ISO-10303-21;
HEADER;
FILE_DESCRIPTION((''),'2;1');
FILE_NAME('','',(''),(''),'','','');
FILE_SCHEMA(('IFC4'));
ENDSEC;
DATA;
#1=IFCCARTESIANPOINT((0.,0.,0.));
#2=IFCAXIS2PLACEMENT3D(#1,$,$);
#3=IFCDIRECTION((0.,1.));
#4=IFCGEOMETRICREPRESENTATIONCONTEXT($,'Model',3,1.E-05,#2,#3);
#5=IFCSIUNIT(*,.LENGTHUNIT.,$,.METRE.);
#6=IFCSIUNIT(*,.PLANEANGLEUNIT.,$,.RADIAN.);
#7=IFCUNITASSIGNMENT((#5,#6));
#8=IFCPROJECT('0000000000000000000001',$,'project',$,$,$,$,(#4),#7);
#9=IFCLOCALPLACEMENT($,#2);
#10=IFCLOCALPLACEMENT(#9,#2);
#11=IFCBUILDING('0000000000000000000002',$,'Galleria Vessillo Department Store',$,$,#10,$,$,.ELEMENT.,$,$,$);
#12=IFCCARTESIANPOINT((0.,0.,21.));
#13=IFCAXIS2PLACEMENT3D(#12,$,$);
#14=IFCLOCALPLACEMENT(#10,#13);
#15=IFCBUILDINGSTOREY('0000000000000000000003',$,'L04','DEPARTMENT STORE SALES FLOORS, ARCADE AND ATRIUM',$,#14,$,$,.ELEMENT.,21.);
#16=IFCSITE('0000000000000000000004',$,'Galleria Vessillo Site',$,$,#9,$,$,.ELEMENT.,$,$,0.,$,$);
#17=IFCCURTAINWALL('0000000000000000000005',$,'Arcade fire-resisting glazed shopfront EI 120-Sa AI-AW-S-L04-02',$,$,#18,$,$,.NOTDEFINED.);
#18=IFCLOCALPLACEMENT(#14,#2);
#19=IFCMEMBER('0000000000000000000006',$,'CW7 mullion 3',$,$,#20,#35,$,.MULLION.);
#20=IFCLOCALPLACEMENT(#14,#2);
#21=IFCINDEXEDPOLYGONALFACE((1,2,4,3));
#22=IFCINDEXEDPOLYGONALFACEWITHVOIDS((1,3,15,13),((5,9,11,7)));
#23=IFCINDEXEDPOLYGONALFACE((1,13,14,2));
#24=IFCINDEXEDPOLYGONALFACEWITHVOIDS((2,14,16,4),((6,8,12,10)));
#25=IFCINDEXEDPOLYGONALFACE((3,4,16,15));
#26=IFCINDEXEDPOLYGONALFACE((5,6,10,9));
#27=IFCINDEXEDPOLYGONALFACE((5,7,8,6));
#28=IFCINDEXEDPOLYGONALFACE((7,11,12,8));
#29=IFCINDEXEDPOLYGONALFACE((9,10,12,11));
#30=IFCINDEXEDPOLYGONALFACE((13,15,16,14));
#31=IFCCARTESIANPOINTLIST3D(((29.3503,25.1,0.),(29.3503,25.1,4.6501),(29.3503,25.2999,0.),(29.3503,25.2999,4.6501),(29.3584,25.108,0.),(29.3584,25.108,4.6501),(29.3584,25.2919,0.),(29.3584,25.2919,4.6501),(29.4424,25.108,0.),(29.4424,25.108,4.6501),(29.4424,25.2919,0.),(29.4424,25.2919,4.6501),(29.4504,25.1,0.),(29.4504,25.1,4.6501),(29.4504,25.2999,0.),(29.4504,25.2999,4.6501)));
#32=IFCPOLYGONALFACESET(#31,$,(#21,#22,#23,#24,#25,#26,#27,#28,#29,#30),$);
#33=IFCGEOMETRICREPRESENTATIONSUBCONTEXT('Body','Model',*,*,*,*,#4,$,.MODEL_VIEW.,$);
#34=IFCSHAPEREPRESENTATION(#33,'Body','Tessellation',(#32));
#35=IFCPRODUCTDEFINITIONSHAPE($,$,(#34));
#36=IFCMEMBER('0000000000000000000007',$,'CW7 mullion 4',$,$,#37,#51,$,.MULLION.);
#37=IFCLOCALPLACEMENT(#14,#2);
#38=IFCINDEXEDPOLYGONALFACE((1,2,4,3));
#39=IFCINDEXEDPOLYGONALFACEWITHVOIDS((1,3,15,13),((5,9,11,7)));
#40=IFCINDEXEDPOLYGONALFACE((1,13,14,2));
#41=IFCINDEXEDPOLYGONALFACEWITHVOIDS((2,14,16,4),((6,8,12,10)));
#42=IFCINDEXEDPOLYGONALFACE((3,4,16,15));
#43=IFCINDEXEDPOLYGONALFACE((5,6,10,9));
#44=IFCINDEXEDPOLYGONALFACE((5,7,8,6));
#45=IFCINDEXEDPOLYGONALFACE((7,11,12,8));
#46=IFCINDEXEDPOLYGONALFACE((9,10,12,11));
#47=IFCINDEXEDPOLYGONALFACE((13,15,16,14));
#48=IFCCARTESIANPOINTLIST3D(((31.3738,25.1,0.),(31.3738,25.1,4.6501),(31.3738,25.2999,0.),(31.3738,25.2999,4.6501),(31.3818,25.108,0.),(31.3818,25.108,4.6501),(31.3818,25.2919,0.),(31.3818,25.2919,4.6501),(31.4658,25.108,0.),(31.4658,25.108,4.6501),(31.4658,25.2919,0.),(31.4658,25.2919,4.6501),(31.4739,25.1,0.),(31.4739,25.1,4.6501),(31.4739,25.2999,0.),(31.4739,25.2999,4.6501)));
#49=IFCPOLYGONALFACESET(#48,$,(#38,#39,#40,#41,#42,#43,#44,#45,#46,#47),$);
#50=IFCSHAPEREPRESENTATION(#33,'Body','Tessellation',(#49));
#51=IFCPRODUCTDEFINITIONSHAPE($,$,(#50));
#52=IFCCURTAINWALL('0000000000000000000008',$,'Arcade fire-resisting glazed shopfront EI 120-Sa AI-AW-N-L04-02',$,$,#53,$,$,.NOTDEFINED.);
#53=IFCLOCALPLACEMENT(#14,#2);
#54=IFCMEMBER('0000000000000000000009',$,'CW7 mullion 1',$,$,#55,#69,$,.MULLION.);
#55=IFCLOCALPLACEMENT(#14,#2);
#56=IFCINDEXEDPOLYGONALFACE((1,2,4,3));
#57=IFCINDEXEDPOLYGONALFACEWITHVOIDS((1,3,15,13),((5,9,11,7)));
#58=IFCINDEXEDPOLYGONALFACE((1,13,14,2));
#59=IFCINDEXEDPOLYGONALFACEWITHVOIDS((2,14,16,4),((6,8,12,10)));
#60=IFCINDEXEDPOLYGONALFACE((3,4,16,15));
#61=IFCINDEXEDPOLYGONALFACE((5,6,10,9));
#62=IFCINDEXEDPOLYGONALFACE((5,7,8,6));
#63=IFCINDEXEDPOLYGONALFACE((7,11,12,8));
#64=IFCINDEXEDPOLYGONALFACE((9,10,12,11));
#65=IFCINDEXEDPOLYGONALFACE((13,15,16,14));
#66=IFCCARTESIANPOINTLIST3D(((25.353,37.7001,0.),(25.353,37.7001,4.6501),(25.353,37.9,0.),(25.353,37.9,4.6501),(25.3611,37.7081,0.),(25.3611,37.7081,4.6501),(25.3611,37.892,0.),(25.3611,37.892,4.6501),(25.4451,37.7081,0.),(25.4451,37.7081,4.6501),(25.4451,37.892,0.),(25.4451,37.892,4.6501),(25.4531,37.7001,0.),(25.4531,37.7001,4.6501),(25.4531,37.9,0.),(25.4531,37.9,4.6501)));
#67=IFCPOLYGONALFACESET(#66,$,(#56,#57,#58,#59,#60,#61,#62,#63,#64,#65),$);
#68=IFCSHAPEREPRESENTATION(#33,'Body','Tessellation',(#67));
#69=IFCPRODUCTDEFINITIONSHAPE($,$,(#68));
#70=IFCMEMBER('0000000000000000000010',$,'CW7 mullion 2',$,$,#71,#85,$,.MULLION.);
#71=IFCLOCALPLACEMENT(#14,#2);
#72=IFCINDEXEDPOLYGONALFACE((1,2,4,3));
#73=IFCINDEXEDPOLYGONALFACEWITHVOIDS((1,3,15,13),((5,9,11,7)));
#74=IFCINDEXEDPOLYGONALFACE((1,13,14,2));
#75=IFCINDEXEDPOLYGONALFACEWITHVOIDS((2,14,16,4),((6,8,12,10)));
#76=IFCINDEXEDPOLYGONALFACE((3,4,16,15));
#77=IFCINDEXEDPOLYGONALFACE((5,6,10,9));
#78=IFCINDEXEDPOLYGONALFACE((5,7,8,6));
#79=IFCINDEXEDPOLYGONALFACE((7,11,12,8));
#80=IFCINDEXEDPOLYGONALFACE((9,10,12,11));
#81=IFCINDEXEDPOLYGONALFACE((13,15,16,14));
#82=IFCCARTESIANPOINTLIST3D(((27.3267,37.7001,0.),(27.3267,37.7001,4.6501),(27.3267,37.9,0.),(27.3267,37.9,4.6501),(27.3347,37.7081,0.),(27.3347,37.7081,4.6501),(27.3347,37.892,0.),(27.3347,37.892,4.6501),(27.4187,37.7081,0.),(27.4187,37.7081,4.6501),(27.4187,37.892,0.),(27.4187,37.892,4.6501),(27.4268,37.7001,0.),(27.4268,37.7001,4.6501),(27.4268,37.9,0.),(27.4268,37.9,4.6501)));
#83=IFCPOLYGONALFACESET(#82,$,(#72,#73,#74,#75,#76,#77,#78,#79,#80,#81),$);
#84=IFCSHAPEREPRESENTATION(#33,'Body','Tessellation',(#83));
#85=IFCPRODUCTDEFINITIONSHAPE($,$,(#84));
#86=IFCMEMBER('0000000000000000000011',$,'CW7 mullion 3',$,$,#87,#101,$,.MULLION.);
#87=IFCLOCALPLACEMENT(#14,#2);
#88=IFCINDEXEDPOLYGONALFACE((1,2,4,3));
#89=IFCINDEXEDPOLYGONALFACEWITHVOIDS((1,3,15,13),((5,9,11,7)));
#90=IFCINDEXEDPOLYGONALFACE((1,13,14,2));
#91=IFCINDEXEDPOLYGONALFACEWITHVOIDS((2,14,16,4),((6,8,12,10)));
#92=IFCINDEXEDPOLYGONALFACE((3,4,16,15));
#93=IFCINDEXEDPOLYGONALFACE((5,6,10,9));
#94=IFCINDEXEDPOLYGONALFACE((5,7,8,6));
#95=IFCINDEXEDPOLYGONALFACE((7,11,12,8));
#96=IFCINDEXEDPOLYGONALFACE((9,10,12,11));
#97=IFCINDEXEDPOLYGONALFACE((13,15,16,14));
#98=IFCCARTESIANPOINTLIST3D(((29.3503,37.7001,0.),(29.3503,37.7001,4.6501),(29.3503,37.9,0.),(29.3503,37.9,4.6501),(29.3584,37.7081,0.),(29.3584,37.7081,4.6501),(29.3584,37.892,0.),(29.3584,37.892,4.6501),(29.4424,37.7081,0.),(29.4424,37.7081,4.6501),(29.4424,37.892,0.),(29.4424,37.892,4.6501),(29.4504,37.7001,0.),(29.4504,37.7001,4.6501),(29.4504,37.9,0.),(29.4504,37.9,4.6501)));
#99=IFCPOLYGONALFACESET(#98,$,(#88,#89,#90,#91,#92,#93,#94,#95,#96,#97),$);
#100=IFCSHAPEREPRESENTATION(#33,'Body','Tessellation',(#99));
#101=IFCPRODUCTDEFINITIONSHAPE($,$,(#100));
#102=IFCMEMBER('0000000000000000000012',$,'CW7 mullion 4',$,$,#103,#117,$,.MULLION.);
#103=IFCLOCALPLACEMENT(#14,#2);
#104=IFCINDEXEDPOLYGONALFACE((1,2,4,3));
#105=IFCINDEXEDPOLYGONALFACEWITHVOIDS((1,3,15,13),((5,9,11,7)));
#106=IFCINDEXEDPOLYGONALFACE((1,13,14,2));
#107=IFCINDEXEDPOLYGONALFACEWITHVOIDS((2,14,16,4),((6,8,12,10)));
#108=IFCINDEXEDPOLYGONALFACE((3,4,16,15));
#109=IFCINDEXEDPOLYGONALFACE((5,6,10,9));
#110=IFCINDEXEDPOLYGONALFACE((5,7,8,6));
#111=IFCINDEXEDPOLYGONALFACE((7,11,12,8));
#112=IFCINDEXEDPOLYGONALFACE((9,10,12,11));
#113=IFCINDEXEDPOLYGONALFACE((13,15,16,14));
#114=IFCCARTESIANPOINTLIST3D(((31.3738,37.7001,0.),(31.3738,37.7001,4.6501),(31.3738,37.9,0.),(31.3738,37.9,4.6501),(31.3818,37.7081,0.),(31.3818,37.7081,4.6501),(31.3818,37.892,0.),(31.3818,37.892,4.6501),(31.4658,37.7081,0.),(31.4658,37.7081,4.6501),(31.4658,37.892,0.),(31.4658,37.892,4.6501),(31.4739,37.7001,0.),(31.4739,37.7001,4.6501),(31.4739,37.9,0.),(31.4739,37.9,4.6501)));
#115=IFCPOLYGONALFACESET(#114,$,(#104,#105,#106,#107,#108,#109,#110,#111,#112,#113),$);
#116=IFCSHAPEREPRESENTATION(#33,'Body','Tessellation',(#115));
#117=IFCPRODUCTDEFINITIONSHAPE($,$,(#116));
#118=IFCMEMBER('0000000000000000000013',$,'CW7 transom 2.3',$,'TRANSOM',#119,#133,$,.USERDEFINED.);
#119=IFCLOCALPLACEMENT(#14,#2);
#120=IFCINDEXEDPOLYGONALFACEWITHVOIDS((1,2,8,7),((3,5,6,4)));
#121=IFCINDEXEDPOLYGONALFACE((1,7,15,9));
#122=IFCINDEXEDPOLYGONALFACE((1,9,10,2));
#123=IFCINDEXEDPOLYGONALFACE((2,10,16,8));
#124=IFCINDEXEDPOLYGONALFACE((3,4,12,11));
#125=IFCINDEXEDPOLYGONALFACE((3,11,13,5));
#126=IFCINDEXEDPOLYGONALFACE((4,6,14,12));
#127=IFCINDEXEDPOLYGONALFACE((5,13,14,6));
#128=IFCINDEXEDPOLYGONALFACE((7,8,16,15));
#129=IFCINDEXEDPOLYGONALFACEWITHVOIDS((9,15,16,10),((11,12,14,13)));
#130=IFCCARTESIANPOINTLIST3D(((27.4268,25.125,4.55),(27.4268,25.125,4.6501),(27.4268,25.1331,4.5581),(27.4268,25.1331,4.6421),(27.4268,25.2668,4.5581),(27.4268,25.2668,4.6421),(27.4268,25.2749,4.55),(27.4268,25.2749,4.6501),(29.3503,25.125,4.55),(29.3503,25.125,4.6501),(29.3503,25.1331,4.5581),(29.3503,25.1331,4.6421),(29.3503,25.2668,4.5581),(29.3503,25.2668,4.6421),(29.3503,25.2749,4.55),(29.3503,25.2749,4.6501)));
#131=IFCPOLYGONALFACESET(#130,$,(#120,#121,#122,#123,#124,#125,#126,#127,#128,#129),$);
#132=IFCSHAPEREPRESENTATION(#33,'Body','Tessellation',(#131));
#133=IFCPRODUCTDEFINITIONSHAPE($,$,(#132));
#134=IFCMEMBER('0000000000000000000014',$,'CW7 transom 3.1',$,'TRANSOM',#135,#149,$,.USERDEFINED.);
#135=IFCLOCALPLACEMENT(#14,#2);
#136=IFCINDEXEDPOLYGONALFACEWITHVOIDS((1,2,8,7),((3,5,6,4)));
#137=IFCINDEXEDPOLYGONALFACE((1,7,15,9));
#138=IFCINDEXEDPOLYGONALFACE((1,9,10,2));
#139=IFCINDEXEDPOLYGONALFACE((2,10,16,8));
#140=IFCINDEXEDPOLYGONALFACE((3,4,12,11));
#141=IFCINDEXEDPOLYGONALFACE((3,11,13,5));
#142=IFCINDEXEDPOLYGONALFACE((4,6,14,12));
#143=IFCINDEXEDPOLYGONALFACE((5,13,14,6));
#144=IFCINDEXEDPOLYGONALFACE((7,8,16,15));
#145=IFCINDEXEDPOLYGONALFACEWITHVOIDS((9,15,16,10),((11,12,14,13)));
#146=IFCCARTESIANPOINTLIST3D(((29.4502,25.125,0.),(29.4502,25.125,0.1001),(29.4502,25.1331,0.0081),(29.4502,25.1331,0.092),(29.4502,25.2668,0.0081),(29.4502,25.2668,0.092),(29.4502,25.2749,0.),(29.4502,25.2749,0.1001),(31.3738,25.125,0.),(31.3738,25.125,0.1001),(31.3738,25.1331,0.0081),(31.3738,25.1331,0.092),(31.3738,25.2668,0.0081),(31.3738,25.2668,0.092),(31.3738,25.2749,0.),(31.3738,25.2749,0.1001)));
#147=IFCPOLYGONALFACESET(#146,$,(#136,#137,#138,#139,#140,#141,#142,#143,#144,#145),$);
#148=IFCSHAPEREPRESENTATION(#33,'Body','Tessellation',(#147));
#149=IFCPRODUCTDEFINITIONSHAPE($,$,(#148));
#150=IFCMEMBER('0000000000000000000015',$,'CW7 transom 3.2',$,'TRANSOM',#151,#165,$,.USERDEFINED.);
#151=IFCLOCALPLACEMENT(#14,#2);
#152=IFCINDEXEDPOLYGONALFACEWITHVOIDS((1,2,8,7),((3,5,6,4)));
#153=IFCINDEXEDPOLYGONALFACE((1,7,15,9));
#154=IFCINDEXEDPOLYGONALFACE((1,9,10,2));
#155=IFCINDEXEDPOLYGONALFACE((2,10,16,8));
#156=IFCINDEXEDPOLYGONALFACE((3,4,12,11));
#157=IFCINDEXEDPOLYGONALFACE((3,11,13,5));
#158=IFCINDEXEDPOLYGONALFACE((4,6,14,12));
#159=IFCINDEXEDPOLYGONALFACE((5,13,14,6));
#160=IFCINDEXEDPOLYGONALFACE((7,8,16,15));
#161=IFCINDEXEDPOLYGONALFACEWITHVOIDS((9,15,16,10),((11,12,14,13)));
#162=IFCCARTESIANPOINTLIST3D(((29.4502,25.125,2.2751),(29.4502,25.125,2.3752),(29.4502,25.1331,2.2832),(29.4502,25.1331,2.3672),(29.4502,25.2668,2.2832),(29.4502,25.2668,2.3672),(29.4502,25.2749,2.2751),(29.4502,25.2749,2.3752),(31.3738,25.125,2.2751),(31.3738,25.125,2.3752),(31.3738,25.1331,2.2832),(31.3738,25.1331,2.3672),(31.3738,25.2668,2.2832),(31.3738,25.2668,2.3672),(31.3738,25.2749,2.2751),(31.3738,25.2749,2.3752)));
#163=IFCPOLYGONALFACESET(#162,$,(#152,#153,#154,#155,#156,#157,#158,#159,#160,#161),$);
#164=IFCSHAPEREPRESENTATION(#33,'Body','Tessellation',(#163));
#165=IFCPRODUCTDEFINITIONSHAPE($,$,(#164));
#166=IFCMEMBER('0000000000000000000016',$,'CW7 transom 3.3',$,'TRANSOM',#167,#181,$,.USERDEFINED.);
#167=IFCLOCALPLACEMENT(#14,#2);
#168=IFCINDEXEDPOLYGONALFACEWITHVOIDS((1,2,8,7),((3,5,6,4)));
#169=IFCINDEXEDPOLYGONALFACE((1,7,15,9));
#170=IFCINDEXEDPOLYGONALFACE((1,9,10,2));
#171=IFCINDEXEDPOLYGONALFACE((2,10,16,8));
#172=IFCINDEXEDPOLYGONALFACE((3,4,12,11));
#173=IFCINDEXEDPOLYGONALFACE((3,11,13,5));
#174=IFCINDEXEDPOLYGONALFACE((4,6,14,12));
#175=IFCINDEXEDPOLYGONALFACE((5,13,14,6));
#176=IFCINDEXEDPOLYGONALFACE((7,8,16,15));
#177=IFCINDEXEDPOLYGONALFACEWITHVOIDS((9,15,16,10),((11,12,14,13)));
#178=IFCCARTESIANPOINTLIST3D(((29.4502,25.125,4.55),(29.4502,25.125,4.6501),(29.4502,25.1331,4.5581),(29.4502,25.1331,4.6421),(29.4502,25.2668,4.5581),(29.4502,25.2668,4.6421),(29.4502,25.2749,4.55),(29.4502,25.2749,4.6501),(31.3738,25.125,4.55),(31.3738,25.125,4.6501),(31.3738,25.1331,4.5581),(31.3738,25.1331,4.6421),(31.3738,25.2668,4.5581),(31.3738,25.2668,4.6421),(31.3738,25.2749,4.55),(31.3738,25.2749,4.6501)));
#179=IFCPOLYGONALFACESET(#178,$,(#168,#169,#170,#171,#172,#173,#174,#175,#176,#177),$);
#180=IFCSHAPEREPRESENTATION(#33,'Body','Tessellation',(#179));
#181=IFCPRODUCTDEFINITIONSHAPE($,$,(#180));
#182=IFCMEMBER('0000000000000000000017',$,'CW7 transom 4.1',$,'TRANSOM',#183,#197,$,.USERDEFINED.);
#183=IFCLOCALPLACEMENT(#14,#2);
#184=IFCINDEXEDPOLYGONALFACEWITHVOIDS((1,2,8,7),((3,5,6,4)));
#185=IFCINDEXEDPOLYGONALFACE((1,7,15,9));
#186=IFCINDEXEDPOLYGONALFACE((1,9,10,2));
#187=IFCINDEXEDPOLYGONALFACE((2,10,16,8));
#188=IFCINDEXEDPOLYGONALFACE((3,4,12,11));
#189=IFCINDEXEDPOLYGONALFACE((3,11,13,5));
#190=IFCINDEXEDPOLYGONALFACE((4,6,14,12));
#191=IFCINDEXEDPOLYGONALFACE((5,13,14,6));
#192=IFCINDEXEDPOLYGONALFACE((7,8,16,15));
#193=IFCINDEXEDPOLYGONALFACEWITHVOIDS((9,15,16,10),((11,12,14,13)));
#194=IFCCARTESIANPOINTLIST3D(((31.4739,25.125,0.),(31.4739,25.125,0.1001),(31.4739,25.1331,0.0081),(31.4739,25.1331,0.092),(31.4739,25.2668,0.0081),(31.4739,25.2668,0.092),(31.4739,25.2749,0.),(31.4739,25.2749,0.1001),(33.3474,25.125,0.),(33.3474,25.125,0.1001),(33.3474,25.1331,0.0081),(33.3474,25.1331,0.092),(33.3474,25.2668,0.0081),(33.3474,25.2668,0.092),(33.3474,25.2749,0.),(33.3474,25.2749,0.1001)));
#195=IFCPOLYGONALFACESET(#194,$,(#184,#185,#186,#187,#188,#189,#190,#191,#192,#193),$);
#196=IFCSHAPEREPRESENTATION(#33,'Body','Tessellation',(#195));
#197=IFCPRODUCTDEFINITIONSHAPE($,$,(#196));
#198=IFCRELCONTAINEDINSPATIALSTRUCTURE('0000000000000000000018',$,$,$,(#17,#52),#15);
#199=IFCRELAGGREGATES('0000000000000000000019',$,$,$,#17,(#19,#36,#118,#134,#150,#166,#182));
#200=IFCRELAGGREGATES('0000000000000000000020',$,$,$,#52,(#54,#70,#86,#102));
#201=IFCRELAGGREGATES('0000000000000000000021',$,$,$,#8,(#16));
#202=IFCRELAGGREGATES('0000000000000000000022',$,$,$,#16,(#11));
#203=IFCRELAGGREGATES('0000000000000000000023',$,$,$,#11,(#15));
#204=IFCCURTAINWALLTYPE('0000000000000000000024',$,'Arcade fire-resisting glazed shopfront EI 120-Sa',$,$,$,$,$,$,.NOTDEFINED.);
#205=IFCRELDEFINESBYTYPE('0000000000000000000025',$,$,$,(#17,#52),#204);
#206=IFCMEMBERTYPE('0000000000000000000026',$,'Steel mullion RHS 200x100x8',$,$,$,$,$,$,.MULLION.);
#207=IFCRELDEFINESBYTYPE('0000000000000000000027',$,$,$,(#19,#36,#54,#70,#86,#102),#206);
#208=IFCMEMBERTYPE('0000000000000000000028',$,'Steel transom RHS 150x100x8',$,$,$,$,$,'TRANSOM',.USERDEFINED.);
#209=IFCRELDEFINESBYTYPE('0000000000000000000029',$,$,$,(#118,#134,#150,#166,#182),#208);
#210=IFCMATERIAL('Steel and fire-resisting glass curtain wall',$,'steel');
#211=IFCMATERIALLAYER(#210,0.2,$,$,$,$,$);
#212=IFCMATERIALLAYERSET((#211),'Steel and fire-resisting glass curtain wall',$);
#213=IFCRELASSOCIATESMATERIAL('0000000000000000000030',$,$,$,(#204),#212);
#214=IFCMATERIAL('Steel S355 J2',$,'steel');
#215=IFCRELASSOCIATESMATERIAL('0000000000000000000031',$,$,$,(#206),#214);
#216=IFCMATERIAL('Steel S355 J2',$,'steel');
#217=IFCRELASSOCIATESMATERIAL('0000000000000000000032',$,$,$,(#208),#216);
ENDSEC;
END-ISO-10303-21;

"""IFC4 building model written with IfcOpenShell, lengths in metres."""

from ifc_helpers import new_model, si_unit, direction, frame, origin, origin_2d, place, context, subcontext, project, spatial, hollow_rectangle, extrude, material, layer, layer_set, material_profile, profile_set, type_object, element, aggregate, save


model = new_model("IFC4")

# Units and contexts
model_context = context("Model", 3, precision=1e-05, world=origin(), true_north=direction((0.0, 1.0)))
body_context = subcontext(model_context, "Body", "Model", "MODEL_VIEW")
ifc_project = project(units=[si_unit("LENGTHUNIT", "METRE"), si_unit("PLANEANGLEUNIT", "RADIAN")], contexts=[model_context])

# Site, building, storey
site_placement = place(None, origin())
site = spatial("IfcSite", under=ifc_project, at=site_placement, Name="Galleria Vessillo Site", CompositionType="ELEMENT", RefElevation=0.0)
building_placement = place(site_placement, origin())
building = spatial("IfcBuilding", under=site, at=building_placement, Name="Galleria Vessillo Department Store", CompositionType="ELEMENT")
storey_placement = place(building_placement, frame((0.0, 0.0, 21.0)))
storey = spatial("IfcBuildingStorey", under=building, at=storey_placement, Name="L04", Description="DEPARTMENT STORE SALES FLOORS, ARCADE AND ATRIUM", CompositionType="ELEMENT", Elevation=21.0)

# Curtain walls, members
ifc_material_1 = material(Name="Steel and fire-resisting glass curtain wall", Category="steel")
ifc_layer_1 = layer(ifc_material_1, 0.2)
ifc_layer_set_1 = layer_set([ifc_layer_1], Name="Steel and fire-resisting glass curtain wall")
curtain_wall_type = type_object("IfcCurtainWallType", Name="Arcade fire-resisting glazed shopfront EI 120-Sa", PredefinedType="NOTDEFINED", material=ifc_layer_set_1)
curtain_wall_1_placement = place(storey_placement, origin())
curtain_wall_1 = element("IfcCurtainWall", 1, at=curtain_wall_1_placement, inside=storey, type_object=curtain_wall_type, Name="Arcade fire-resisting glazed shopfront EI 120-Sa AI-AW-S-L04-02", PredefinedType="NOTDEFINED")
ifc_material_2 = material(Name="Steel S355 J2", Category="steel")
ifc_material_profile_1 = material_profile(ifc_material_2, hollow_rectangle(XDim=0.2, YDim=0.1001, WallThickness=0.0081, at=origin_2d()), Name="RHS 200x100x8")
ifc_profile_set_1 = profile_set([ifc_material_profile_1], Name="Steel S355 J2")
member_type_1 = type_object("IfcMemberType", Name="Steel mullion RHS 200x100x8", PredefinedType="MULLION", material=ifc_profile_set_1)
member_1_placement = place(storey_placement, frame((29.4004, 25.2, 0.0), z_axis=(0.0, 0.0, 1.0), x_axis=(0.0, 1.0, 0.0)))
member_1 = element("IfcMember", 2, at=member_1_placement, type_object=member_type_1, Name="CW7 mullion 3", PredefinedType="MULLION", context=body_context, shape_type="SweptSolid", body=[
    extrude(hollow_rectangle(XDim=0.2, YDim=0.1001, WallThickness=0.0081, at=origin_2d()), origin(), (0.0, 0.0, 1.0), 4.6501),
])
member_2_placement = place(storey_placement, frame((31.4238, 25.2, 0.0), z_axis=(0.0, 0.0, 1.0), x_axis=(0.0, 1.0, 0.0)))
member_2 = element("IfcMember", 3, at=member_2_placement, type_object=member_type_1, Name="CW7 mullion 4", PredefinedType="MULLION", context=body_context, shape_type="SweptSolid", body=[
    extrude(hollow_rectangle(XDim=0.2, YDim=0.1001, WallThickness=0.0081, at=origin_2d()), origin(), (0.0, 0.0, 1.0), 4.6501),
])
curtain_wall_2_placement = place(storey_placement, origin())
curtain_wall_2 = element("IfcCurtainWall", 4, at=curtain_wall_2_placement, inside=storey, type_object=curtain_wall_type, Name="Arcade fire-resisting glazed shopfront EI 120-Sa AI-AW-N-L04-02", PredefinedType="NOTDEFINED")
member_3_placement = place(storey_placement, frame((25.4031, 37.8, 0.0), z_axis=(0.0, 0.0, 1.0), x_axis=(0.0, 1.0, 0.0)))
member_3 = element("IfcMember", 5, at=member_3_placement, type_object=member_type_1, Name="CW7 mullion 1", PredefinedType="MULLION", context=body_context, shape_type="SweptSolid", body=[
    extrude(hollow_rectangle(XDim=0.2, YDim=0.1001, WallThickness=0.0081, at=origin_2d()), origin(), (0.0, 0.0, 1.0), 4.6501),
])
member_4_placement = place(storey_placement, frame((27.3767, 37.8, 0.0), z_axis=(0.0, 0.0, 1.0), x_axis=(0.0, 1.0, 0.0)))
member_4 = element("IfcMember", 6, at=member_4_placement, type_object=member_type_1, Name="CW7 mullion 2", PredefinedType="MULLION", context=body_context, shape_type="SweptSolid", body=[
    extrude(hollow_rectangle(XDim=0.2, YDim=0.1001, WallThickness=0.0081, at=origin_2d()), origin(), (0.0, 0.0, 1.0), 4.6501),
])
member_5_placement = place(storey_placement, frame((29.4004, 37.8, 0.0), z_axis=(0.0, 0.0, 1.0), x_axis=(0.0, 1.0, 0.0)))
member_5 = element("IfcMember", 7, at=member_5_placement, type_object=member_type_1, Name="CW7 mullion 3", PredefinedType="MULLION", context=body_context, shape_type="SweptSolid", body=[
    extrude(hollow_rectangle(XDim=0.2, YDim=0.1001, WallThickness=0.0081, at=origin_2d()), origin(), (0.0, 0.0, 1.0), 4.6501),
])
member_6_placement = place(storey_placement, frame((31.4238, 37.8, 0.0), z_axis=(0.0, 0.0, 1.0), x_axis=(0.0, 1.0, 0.0)))
member_6 = element("IfcMember", 8, at=member_6_placement, type_object=member_type_1, Name="CW7 mullion 4", PredefinedType="MULLION", context=body_context, shape_type="SweptSolid", body=[
    extrude(hollow_rectangle(XDim=0.2, YDim=0.1001, WallThickness=0.0081, at=origin_2d()), origin(), (0.0, 0.0, 1.0), 4.6501),
])

# Members
ifc_material_3 = material(Name="Steel S355 J2", Category="steel")
ifc_material_profile_2 = material_profile(ifc_material_3, hollow_rectangle(XDim=0.1499, YDim=0.1001, WallThickness=0.0081, at=origin_2d()), Name="RHS 150x100x8")
ifc_profile_set_2 = profile_set([ifc_material_profile_2], Name="Steel S355 J2")
member_type_2 = type_object("IfcMemberType", Name="Steel transom RHS 150x100x8", ElementType="TRANSOM", PredefinedType="USERDEFINED", material=ifc_profile_set_2)
member_7_placement = place(storey_placement, frame((27.4268, 25.2, 4.6001), z_axis=(1.0, 0.0, 0.0), x_axis=(0.0, 1.0, 0.0)))
member_7 = element("IfcMember", 9, at=member_7_placement, type_object=member_type_2, Name="CW7 transom 2.3", ObjectType="TRANSOM", PredefinedType="USERDEFINED", context=body_context, shape_type="SweptSolid", body=[
    extrude(hollow_rectangle(XDim=0.1499, YDim=0.1001, WallThickness=0.0081, at=origin_2d()), origin(), (0.0, 0.0, 1.0), 1.9236),
])
member_8_placement = place(storey_placement, frame((29.4502, 25.2, 0.05), z_axis=(1.0, 0.0, 0.0), x_axis=(0.0, 1.0, 0.0)))
member_8 = element("IfcMember", 10, at=member_8_placement, type_object=member_type_2, Name="CW7 transom 3.1", ObjectType="TRANSOM", PredefinedType="USERDEFINED", context=body_context, shape_type="SweptSolid", body=[
    extrude(hollow_rectangle(XDim=0.1499, YDim=0.1001, WallThickness=0.0081, at=origin_2d()), origin(), (0.0, 0.0, 1.0), 1.9236),
])
member_9_placement = place(storey_placement, frame((29.4502, 25.2, 2.3252), z_axis=(1.0, 0.0, 0.0), x_axis=(0.0, 1.0, 0.0)))
member_9 = element("IfcMember", 11, at=member_9_placement, type_object=member_type_2, Name="CW7 transom 3.2", ObjectType="TRANSOM", PredefinedType="USERDEFINED", context=body_context, shape_type="SweptSolid", body=[
    extrude(hollow_rectangle(XDim=0.1499, YDim=0.1001, WallThickness=0.0081, at=origin_2d()), origin(), (0.0, 0.0, 1.0), 1.9236),
])
member_10_placement = place(storey_placement, frame((29.4502, 25.2, 4.6001), z_axis=(1.0, 0.0, 0.0), x_axis=(0.0, 1.0, 0.0)))
member_10 = element("IfcMember", 12, at=member_10_placement, type_object=member_type_2, Name="CW7 transom 3.3", ObjectType="TRANSOM", PredefinedType="USERDEFINED", context=body_context, shape_type="SweptSolid", body=[
    extrude(hollow_rectangle(XDim=0.1499, YDim=0.1001, WallThickness=0.0081, at=origin_2d()), origin(), (0.0, 0.0, 1.0), 1.9236),
])
member_11_placement = place(storey_placement, frame((31.4739, 25.2, 0.05), z_axis=(1.0, 0.0, 0.0), x_axis=(0.0, 1.0, 0.0)))
member_11 = element("IfcMember", 13, at=member_11_placement, type_object=member_type_2, Name="CW7 transom 4.1", ObjectType="TRANSOM", PredefinedType="USERDEFINED", context=body_context, shape_type="SweptSolid", body=[
    extrude(hollow_rectangle(XDim=0.1499, YDim=0.1001, WallThickness=0.0081, at=origin_2d()), origin(), (0.0, 0.0, 1.0), 1.8735),
])

aggregate(curtain_wall_1, [member_1, member_2, member_7, member_8, member_9, member_10, member_11])
aggregate(curtain_wall_2, [member_3, member_4, member_5, member_6])

save(model, "model.ifc")
